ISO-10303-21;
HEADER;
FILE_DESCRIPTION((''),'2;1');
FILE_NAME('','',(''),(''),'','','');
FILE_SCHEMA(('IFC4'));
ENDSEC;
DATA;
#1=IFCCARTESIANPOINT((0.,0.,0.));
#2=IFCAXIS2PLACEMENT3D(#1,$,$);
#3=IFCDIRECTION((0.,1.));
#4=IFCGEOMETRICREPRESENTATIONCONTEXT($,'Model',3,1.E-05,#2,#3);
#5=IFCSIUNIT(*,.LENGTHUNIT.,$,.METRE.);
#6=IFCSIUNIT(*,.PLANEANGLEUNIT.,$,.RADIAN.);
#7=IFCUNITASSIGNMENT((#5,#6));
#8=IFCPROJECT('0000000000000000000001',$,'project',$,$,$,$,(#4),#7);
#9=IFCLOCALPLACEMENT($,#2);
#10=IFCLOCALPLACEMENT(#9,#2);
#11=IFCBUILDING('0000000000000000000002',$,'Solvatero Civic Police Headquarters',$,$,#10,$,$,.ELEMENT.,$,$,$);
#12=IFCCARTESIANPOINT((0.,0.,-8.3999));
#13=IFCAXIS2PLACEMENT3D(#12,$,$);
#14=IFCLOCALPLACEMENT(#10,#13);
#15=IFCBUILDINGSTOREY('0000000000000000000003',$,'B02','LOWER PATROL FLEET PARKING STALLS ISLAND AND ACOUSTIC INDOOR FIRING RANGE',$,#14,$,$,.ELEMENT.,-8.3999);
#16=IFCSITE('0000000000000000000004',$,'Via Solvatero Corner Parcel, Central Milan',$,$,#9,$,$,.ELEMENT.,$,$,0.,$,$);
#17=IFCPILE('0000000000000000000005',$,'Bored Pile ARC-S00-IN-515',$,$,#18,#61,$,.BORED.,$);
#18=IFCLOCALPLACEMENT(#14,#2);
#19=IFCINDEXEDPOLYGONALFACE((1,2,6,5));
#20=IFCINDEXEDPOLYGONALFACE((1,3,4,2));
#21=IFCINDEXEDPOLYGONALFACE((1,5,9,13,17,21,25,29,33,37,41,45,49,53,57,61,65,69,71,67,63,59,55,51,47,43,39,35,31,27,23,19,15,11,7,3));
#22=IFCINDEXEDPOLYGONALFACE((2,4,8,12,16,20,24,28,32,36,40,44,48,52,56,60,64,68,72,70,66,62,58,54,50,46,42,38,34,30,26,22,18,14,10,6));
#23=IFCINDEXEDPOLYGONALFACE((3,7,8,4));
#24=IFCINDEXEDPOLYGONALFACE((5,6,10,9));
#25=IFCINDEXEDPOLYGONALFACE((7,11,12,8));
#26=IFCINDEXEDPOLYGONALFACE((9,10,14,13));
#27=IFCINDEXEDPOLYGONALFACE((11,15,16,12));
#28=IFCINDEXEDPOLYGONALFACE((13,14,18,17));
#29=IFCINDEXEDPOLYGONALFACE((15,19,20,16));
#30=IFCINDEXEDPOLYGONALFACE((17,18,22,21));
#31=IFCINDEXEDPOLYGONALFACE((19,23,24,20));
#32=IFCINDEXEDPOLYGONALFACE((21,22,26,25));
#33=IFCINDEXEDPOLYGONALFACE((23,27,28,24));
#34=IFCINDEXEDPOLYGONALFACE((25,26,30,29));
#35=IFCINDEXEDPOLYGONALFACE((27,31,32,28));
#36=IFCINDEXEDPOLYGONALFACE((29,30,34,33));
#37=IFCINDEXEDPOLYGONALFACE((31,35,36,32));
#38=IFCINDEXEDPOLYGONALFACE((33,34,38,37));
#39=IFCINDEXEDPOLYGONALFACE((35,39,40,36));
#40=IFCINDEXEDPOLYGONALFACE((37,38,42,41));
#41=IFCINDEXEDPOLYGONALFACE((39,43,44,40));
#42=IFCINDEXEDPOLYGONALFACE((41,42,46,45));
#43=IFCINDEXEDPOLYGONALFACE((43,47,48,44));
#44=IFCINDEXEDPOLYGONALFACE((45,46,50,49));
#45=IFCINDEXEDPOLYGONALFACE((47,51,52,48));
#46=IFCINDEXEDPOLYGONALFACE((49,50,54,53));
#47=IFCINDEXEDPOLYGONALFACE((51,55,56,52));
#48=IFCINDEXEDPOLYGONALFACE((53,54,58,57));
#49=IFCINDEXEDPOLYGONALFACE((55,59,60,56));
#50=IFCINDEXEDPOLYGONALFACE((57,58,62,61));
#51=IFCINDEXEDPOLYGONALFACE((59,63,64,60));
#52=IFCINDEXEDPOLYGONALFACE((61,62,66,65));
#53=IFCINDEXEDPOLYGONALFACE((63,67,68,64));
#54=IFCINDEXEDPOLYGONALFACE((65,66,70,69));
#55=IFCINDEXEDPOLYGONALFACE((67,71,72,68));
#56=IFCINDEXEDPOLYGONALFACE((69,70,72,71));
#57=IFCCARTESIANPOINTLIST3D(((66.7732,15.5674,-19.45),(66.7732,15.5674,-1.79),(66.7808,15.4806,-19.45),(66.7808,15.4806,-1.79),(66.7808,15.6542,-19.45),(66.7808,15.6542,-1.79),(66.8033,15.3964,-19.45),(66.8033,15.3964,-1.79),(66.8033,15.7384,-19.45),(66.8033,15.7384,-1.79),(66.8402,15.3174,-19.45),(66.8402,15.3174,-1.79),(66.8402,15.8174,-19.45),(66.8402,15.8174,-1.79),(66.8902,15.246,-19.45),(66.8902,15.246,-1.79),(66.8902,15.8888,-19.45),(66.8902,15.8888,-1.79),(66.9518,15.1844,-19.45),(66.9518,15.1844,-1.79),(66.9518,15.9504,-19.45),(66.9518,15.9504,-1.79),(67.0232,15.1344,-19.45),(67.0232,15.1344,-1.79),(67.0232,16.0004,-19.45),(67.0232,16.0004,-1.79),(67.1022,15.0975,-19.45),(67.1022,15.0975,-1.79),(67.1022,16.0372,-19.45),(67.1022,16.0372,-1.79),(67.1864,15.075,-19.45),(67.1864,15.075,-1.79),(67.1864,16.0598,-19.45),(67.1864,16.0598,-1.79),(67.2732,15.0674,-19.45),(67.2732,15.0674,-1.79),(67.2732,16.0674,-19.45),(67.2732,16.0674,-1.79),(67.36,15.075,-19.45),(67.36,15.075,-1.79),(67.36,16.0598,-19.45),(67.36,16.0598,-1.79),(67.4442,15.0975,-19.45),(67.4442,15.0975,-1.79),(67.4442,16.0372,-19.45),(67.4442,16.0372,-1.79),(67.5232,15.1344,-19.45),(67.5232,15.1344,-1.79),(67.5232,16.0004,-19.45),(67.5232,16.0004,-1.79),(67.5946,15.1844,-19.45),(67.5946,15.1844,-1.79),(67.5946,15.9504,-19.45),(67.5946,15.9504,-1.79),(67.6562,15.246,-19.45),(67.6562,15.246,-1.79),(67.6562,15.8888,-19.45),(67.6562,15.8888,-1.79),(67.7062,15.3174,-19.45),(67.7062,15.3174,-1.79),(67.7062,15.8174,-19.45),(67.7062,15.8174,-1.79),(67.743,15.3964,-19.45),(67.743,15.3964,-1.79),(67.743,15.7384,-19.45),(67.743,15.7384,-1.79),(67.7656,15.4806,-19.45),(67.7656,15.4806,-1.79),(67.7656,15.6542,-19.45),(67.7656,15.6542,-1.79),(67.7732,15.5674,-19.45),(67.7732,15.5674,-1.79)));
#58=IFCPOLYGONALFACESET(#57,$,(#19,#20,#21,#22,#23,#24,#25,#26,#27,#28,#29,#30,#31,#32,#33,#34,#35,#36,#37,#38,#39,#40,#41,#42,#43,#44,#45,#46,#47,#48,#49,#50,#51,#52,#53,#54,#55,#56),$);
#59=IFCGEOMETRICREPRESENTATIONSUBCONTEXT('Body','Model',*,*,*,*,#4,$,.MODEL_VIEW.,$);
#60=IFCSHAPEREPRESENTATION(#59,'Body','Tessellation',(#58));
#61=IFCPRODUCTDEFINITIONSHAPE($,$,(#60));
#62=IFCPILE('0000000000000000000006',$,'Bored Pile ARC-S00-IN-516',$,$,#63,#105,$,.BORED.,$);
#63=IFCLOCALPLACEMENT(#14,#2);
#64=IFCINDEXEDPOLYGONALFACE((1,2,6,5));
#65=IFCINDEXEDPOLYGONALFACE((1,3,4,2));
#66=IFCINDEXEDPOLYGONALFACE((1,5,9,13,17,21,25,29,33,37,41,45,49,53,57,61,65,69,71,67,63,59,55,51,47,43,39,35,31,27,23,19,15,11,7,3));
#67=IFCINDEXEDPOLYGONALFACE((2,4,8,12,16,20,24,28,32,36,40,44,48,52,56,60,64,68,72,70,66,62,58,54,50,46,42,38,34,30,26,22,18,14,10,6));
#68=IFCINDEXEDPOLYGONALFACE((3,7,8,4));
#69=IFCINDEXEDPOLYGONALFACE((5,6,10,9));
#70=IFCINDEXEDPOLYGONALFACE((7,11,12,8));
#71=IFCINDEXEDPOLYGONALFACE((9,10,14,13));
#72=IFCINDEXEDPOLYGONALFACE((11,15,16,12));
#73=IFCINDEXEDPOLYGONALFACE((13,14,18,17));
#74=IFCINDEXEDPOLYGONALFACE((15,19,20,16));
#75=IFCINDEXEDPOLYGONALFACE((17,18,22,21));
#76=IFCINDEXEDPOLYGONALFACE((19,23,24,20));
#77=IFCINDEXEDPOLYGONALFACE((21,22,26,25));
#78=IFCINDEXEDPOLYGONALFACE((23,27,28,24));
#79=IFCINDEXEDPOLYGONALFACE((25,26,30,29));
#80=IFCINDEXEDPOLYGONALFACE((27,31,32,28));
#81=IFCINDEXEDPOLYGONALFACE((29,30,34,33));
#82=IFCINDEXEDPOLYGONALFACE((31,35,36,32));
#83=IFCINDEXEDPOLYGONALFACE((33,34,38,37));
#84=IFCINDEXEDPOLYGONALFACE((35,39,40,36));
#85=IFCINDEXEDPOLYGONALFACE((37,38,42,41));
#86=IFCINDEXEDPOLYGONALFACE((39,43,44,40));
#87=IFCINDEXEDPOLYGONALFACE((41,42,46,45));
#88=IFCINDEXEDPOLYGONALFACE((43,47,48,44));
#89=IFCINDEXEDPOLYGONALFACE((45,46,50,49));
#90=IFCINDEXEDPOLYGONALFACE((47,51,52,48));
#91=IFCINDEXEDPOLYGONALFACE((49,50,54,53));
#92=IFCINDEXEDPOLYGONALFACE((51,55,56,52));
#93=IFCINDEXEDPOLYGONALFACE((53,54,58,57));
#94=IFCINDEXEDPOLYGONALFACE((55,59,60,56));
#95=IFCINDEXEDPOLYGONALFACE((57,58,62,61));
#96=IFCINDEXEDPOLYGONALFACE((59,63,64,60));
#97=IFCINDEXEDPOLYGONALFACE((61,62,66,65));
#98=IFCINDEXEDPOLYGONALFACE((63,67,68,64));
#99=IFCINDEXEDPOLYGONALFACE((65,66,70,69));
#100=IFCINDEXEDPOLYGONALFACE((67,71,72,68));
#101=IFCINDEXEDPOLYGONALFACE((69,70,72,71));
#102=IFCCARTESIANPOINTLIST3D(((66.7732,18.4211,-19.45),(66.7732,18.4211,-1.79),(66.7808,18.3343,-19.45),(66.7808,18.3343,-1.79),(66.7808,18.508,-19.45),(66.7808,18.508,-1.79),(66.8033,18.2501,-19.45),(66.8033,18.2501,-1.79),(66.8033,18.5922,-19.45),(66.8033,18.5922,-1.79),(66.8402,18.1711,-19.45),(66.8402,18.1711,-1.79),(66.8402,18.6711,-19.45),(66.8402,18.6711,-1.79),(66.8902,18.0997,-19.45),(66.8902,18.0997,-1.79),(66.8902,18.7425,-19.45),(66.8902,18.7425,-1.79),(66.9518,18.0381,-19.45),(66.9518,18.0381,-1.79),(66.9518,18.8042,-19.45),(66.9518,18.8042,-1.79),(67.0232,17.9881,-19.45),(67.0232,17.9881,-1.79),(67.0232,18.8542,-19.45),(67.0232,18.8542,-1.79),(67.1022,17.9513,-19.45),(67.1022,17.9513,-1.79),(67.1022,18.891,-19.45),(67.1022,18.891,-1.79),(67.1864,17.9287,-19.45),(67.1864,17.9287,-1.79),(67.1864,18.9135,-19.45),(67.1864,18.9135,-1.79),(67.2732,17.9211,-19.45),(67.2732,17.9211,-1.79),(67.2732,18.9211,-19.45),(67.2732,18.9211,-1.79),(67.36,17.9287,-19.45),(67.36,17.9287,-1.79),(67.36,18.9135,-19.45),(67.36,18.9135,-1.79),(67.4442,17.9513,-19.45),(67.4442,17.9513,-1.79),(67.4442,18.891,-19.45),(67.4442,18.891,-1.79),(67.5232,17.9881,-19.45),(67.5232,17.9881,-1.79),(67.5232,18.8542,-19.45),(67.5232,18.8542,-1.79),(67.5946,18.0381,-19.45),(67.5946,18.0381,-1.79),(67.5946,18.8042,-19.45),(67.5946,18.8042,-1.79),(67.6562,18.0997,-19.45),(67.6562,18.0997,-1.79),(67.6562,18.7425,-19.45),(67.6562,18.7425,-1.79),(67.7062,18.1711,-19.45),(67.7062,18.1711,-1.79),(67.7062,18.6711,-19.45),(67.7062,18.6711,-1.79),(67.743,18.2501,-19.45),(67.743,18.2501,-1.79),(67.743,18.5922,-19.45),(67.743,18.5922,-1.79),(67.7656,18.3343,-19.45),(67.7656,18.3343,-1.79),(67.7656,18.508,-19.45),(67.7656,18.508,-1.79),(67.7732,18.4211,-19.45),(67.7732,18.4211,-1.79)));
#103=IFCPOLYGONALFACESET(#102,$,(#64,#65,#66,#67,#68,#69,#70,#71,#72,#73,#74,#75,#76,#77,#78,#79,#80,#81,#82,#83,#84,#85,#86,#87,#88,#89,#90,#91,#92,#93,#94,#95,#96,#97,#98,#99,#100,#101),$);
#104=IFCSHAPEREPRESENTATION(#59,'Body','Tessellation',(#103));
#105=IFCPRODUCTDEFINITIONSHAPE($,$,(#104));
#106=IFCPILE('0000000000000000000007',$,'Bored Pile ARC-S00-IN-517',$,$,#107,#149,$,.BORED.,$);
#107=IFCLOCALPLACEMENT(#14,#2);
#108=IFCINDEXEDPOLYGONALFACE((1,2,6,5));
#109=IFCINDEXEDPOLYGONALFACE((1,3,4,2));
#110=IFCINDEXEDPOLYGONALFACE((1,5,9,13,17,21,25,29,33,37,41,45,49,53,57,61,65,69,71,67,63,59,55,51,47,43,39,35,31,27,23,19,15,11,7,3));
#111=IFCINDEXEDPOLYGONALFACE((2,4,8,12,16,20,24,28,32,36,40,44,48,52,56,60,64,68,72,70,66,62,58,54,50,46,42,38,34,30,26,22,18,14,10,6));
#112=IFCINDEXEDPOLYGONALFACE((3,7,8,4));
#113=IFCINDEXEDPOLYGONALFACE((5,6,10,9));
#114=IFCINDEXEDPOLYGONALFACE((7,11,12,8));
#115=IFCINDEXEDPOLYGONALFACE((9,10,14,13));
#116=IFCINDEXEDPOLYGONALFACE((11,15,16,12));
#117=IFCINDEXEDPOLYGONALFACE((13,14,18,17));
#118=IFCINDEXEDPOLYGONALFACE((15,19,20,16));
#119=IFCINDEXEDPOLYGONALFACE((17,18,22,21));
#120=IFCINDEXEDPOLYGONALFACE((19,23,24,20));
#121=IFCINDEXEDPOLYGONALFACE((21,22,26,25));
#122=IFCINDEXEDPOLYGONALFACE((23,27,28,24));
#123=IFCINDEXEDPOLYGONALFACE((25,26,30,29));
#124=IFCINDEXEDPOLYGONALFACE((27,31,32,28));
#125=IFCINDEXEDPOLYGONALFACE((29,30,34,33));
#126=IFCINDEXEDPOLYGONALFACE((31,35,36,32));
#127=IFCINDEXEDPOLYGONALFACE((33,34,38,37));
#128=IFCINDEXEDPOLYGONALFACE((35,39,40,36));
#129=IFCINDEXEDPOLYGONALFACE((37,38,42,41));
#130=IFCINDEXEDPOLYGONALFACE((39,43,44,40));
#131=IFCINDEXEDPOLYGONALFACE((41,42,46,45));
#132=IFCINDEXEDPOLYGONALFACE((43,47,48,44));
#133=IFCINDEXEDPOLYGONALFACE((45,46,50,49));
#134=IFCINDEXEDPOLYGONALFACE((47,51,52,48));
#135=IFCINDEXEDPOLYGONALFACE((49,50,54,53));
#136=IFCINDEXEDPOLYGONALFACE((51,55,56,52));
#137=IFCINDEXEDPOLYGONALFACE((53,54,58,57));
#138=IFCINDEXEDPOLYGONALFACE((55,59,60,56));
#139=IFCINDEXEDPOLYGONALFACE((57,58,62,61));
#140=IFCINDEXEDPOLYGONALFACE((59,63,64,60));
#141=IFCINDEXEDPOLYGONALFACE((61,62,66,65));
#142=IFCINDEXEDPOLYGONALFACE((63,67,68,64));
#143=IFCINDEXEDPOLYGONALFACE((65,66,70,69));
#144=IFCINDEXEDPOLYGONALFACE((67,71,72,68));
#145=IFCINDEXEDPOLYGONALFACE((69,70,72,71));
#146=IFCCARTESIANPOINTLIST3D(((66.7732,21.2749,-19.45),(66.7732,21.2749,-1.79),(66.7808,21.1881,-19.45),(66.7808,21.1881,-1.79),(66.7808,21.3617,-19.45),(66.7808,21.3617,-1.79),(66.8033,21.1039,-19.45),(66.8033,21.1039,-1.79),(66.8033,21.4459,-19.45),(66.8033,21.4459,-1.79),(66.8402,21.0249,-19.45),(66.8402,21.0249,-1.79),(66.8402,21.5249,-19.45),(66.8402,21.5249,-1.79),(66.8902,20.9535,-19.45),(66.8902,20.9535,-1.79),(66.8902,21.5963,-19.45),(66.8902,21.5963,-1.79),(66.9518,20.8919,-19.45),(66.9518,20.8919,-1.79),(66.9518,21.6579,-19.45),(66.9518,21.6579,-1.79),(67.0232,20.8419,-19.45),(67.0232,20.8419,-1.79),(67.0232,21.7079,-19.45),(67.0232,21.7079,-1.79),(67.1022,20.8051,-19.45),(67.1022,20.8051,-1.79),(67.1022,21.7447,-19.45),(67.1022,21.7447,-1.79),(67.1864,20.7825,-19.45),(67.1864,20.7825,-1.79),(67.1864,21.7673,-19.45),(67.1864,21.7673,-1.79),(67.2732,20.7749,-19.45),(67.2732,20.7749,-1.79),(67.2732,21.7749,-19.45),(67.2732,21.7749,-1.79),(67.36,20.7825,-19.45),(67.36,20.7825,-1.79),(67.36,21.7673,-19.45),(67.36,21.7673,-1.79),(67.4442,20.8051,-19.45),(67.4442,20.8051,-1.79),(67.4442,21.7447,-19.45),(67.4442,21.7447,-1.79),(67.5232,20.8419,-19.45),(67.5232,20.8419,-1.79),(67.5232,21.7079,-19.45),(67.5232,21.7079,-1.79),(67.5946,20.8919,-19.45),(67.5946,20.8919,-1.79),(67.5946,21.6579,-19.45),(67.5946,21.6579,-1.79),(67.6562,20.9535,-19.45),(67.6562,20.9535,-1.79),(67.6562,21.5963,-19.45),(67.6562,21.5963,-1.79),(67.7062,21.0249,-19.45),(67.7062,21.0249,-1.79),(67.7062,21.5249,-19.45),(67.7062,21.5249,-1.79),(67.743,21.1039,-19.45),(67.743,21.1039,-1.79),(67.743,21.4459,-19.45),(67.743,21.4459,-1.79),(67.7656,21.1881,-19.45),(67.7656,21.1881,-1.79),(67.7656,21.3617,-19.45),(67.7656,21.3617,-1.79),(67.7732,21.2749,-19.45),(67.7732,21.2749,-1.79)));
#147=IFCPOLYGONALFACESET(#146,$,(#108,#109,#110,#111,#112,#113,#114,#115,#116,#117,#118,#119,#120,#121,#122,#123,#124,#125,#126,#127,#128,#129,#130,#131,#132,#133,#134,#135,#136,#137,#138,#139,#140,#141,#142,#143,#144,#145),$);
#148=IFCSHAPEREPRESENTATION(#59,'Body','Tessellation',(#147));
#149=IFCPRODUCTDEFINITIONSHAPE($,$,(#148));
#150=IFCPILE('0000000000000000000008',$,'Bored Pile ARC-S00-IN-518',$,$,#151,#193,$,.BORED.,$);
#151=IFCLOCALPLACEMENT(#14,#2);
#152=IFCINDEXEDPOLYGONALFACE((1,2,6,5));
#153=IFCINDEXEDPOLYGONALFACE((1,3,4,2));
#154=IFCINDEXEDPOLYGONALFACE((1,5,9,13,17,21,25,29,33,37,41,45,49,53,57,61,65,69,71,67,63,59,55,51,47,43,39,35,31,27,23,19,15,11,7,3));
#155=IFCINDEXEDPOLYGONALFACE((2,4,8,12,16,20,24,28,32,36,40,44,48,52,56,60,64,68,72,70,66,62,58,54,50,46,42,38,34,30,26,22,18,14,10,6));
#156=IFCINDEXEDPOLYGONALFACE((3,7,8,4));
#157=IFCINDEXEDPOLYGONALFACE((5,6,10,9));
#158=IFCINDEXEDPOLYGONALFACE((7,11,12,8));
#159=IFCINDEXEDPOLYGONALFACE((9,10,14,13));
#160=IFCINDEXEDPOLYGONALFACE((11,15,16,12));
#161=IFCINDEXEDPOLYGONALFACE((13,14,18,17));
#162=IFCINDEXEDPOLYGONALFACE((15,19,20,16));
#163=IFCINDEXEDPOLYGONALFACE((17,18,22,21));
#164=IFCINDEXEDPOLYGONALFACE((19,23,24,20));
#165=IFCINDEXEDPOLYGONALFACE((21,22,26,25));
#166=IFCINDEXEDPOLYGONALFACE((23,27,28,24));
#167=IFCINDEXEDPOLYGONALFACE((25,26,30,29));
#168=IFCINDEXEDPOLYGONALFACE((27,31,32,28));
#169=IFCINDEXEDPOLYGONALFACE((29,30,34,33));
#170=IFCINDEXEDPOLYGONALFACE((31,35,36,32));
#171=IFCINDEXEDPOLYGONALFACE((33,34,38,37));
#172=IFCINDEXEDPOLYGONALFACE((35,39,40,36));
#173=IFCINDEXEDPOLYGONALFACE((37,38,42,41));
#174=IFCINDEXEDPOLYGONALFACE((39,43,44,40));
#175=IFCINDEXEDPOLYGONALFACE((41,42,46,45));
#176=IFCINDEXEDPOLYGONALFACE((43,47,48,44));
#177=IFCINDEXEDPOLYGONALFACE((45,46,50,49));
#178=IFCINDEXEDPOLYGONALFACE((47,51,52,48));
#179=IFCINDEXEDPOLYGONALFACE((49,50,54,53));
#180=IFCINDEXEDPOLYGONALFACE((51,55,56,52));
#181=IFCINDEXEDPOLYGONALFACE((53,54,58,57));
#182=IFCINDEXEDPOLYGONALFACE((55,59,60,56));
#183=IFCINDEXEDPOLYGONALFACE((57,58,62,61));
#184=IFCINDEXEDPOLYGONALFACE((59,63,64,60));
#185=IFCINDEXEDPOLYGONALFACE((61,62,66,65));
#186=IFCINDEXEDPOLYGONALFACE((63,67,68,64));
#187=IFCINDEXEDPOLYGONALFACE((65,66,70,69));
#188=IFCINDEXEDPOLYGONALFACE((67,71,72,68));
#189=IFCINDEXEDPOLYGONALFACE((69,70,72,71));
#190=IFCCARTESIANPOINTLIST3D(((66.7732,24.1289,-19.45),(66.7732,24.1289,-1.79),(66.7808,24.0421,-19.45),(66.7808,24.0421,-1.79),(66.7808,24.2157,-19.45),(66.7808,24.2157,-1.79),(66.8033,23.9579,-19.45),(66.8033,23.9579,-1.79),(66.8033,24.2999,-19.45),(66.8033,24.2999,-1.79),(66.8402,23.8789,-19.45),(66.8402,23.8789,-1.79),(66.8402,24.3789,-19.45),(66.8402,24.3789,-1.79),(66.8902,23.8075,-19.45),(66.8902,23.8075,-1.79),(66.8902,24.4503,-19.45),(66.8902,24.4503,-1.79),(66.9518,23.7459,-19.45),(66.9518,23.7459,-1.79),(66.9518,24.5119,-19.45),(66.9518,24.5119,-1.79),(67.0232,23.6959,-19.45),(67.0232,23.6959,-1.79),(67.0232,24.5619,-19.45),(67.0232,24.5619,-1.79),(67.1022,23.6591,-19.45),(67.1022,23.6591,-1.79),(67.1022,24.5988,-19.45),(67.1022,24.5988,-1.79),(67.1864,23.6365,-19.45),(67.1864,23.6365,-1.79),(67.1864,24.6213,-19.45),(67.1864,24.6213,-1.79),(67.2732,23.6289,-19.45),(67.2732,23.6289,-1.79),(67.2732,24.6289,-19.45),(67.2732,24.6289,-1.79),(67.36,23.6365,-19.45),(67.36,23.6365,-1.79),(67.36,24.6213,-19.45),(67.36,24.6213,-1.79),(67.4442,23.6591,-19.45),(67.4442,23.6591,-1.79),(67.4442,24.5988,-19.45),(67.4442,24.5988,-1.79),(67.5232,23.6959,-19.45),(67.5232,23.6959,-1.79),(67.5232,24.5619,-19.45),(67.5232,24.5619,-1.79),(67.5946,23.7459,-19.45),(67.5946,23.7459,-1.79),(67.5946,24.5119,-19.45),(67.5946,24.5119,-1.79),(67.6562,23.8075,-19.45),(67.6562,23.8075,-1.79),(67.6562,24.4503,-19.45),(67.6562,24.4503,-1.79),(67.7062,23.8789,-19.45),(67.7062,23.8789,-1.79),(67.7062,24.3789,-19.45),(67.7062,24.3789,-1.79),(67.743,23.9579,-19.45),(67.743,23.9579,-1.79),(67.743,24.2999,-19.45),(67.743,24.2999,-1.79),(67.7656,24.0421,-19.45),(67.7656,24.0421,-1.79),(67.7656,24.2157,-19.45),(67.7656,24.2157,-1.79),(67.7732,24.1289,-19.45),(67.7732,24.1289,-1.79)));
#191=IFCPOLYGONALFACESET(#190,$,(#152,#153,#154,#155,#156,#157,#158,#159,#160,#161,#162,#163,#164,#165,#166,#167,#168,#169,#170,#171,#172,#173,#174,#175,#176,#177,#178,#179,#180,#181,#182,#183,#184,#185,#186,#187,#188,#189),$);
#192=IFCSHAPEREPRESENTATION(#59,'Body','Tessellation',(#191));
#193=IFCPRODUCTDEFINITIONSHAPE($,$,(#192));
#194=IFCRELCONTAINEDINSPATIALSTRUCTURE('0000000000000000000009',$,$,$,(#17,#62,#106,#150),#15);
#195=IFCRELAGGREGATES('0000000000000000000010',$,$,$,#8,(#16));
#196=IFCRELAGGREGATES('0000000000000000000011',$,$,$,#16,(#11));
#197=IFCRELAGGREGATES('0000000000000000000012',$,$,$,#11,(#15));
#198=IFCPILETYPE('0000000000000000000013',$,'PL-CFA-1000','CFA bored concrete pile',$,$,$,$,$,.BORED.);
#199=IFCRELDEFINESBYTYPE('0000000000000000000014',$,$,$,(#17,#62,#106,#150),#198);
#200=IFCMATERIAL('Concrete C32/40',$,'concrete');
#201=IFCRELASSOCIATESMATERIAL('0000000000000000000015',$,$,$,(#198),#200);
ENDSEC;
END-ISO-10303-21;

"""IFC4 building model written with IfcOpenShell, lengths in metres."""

from ifc_helpers import new_model, si_unit, direction, frame, origin, origin_2d, place, context, subcontext, project, spatial, circle, extrude, material, material_profile, profile_set, type_object, element, save


model = new_model("IFC4")

# Units and contexts
model_context = context("Model", 3, precision=1e-05, world=origin(), true_north=direction((0.0, 1.0)))
body_context = subcontext(model_context, "Body", "Model", "MODEL_VIEW")
ifc_project = project(units=[si_unit("LENGTHUNIT", "METRE"), si_unit("PLANEANGLEUNIT", "RADIAN")], contexts=[model_context])

# Site, building, storey
site_placement = place(None, origin())
site = spatial("IfcSite", under=ifc_project, at=site_placement, Name="Via Solvatero Corner Parcel, Central Milan", CompositionType="ELEMENT", RefElevation=0.0)
building_placement = place(site_placement, origin())
building = spatial("IfcBuilding", under=site, at=building_placement, Name="Solvatero Civic Police Headquarters", CompositionType="ELEMENT")
storey_placement = place(building_placement, frame((0.0, 0.0, -8.3999)))
storey = spatial("IfcBuildingStorey", under=building, at=storey_placement, Name="B02", Description="LOWER PATROL FLEET PARKING STALLS ISLAND AND ACOUSTIC INDOOR FIRING RANGE", CompositionType="ELEMENT", Elevation=-8.3999)

# Piles
ifc_material_1 = material(Name="Concrete C32/40", Category="concrete")
ifc_material_profile_1 = material_profile(ifc_material_1, circle(Radius=0.5, at=origin_2d()), Name="CFA PILE D1000")
ifc_profile_set_1 = profile_set([ifc_material_profile_1], Name="Concrete C32/40")
pile_type = type_object("IfcPileType", Name="PL-CFA-1000", Description="CFA bored concrete pile", PredefinedType="BORED", material=ifc_profile_set_1)
for number, where, z_axis, x_axis, name in (
    (1, (67.2732, 15.5674, -1.79), (0.0, 0.0, -1.0), (1.0, 0.0, 0.0), "Bored Pile ARC-S00-IN-515"),
    (2, (67.2732, 18.4211, -1.79), (0.0, 0.0, -1.0), (1.0, 0.0, 0.0), "Bored Pile ARC-S00-IN-516"),
    (3, (67.2732, 21.2749, -1.79), (0.0, 0.0, -1.0), (1.0, 0.0, 0.0), "Bored Pile ARC-S00-IN-517"),
    (4, (67.2732, 24.1289, -1.79), (0.0, 0.0, -1.0), (1.0, 0.0, 0.0), "Bored Pile ARC-S00-IN-518"),
):
    element("IfcPile", number, at=place(storey_placement, frame(where, z_axis=z_axis, x_axis=x_axis)), inside=storey, type_object=pile_type, Name=name, PredefinedType="BORED", context=body_context, shape_type="SweptSolid", body=[
        extrude(circle(Radius=0.5, at=origin_2d()), origin(), (0.0, 0.0, 1.0), 17.6599),
    ])

save(model, "model.ifc")
